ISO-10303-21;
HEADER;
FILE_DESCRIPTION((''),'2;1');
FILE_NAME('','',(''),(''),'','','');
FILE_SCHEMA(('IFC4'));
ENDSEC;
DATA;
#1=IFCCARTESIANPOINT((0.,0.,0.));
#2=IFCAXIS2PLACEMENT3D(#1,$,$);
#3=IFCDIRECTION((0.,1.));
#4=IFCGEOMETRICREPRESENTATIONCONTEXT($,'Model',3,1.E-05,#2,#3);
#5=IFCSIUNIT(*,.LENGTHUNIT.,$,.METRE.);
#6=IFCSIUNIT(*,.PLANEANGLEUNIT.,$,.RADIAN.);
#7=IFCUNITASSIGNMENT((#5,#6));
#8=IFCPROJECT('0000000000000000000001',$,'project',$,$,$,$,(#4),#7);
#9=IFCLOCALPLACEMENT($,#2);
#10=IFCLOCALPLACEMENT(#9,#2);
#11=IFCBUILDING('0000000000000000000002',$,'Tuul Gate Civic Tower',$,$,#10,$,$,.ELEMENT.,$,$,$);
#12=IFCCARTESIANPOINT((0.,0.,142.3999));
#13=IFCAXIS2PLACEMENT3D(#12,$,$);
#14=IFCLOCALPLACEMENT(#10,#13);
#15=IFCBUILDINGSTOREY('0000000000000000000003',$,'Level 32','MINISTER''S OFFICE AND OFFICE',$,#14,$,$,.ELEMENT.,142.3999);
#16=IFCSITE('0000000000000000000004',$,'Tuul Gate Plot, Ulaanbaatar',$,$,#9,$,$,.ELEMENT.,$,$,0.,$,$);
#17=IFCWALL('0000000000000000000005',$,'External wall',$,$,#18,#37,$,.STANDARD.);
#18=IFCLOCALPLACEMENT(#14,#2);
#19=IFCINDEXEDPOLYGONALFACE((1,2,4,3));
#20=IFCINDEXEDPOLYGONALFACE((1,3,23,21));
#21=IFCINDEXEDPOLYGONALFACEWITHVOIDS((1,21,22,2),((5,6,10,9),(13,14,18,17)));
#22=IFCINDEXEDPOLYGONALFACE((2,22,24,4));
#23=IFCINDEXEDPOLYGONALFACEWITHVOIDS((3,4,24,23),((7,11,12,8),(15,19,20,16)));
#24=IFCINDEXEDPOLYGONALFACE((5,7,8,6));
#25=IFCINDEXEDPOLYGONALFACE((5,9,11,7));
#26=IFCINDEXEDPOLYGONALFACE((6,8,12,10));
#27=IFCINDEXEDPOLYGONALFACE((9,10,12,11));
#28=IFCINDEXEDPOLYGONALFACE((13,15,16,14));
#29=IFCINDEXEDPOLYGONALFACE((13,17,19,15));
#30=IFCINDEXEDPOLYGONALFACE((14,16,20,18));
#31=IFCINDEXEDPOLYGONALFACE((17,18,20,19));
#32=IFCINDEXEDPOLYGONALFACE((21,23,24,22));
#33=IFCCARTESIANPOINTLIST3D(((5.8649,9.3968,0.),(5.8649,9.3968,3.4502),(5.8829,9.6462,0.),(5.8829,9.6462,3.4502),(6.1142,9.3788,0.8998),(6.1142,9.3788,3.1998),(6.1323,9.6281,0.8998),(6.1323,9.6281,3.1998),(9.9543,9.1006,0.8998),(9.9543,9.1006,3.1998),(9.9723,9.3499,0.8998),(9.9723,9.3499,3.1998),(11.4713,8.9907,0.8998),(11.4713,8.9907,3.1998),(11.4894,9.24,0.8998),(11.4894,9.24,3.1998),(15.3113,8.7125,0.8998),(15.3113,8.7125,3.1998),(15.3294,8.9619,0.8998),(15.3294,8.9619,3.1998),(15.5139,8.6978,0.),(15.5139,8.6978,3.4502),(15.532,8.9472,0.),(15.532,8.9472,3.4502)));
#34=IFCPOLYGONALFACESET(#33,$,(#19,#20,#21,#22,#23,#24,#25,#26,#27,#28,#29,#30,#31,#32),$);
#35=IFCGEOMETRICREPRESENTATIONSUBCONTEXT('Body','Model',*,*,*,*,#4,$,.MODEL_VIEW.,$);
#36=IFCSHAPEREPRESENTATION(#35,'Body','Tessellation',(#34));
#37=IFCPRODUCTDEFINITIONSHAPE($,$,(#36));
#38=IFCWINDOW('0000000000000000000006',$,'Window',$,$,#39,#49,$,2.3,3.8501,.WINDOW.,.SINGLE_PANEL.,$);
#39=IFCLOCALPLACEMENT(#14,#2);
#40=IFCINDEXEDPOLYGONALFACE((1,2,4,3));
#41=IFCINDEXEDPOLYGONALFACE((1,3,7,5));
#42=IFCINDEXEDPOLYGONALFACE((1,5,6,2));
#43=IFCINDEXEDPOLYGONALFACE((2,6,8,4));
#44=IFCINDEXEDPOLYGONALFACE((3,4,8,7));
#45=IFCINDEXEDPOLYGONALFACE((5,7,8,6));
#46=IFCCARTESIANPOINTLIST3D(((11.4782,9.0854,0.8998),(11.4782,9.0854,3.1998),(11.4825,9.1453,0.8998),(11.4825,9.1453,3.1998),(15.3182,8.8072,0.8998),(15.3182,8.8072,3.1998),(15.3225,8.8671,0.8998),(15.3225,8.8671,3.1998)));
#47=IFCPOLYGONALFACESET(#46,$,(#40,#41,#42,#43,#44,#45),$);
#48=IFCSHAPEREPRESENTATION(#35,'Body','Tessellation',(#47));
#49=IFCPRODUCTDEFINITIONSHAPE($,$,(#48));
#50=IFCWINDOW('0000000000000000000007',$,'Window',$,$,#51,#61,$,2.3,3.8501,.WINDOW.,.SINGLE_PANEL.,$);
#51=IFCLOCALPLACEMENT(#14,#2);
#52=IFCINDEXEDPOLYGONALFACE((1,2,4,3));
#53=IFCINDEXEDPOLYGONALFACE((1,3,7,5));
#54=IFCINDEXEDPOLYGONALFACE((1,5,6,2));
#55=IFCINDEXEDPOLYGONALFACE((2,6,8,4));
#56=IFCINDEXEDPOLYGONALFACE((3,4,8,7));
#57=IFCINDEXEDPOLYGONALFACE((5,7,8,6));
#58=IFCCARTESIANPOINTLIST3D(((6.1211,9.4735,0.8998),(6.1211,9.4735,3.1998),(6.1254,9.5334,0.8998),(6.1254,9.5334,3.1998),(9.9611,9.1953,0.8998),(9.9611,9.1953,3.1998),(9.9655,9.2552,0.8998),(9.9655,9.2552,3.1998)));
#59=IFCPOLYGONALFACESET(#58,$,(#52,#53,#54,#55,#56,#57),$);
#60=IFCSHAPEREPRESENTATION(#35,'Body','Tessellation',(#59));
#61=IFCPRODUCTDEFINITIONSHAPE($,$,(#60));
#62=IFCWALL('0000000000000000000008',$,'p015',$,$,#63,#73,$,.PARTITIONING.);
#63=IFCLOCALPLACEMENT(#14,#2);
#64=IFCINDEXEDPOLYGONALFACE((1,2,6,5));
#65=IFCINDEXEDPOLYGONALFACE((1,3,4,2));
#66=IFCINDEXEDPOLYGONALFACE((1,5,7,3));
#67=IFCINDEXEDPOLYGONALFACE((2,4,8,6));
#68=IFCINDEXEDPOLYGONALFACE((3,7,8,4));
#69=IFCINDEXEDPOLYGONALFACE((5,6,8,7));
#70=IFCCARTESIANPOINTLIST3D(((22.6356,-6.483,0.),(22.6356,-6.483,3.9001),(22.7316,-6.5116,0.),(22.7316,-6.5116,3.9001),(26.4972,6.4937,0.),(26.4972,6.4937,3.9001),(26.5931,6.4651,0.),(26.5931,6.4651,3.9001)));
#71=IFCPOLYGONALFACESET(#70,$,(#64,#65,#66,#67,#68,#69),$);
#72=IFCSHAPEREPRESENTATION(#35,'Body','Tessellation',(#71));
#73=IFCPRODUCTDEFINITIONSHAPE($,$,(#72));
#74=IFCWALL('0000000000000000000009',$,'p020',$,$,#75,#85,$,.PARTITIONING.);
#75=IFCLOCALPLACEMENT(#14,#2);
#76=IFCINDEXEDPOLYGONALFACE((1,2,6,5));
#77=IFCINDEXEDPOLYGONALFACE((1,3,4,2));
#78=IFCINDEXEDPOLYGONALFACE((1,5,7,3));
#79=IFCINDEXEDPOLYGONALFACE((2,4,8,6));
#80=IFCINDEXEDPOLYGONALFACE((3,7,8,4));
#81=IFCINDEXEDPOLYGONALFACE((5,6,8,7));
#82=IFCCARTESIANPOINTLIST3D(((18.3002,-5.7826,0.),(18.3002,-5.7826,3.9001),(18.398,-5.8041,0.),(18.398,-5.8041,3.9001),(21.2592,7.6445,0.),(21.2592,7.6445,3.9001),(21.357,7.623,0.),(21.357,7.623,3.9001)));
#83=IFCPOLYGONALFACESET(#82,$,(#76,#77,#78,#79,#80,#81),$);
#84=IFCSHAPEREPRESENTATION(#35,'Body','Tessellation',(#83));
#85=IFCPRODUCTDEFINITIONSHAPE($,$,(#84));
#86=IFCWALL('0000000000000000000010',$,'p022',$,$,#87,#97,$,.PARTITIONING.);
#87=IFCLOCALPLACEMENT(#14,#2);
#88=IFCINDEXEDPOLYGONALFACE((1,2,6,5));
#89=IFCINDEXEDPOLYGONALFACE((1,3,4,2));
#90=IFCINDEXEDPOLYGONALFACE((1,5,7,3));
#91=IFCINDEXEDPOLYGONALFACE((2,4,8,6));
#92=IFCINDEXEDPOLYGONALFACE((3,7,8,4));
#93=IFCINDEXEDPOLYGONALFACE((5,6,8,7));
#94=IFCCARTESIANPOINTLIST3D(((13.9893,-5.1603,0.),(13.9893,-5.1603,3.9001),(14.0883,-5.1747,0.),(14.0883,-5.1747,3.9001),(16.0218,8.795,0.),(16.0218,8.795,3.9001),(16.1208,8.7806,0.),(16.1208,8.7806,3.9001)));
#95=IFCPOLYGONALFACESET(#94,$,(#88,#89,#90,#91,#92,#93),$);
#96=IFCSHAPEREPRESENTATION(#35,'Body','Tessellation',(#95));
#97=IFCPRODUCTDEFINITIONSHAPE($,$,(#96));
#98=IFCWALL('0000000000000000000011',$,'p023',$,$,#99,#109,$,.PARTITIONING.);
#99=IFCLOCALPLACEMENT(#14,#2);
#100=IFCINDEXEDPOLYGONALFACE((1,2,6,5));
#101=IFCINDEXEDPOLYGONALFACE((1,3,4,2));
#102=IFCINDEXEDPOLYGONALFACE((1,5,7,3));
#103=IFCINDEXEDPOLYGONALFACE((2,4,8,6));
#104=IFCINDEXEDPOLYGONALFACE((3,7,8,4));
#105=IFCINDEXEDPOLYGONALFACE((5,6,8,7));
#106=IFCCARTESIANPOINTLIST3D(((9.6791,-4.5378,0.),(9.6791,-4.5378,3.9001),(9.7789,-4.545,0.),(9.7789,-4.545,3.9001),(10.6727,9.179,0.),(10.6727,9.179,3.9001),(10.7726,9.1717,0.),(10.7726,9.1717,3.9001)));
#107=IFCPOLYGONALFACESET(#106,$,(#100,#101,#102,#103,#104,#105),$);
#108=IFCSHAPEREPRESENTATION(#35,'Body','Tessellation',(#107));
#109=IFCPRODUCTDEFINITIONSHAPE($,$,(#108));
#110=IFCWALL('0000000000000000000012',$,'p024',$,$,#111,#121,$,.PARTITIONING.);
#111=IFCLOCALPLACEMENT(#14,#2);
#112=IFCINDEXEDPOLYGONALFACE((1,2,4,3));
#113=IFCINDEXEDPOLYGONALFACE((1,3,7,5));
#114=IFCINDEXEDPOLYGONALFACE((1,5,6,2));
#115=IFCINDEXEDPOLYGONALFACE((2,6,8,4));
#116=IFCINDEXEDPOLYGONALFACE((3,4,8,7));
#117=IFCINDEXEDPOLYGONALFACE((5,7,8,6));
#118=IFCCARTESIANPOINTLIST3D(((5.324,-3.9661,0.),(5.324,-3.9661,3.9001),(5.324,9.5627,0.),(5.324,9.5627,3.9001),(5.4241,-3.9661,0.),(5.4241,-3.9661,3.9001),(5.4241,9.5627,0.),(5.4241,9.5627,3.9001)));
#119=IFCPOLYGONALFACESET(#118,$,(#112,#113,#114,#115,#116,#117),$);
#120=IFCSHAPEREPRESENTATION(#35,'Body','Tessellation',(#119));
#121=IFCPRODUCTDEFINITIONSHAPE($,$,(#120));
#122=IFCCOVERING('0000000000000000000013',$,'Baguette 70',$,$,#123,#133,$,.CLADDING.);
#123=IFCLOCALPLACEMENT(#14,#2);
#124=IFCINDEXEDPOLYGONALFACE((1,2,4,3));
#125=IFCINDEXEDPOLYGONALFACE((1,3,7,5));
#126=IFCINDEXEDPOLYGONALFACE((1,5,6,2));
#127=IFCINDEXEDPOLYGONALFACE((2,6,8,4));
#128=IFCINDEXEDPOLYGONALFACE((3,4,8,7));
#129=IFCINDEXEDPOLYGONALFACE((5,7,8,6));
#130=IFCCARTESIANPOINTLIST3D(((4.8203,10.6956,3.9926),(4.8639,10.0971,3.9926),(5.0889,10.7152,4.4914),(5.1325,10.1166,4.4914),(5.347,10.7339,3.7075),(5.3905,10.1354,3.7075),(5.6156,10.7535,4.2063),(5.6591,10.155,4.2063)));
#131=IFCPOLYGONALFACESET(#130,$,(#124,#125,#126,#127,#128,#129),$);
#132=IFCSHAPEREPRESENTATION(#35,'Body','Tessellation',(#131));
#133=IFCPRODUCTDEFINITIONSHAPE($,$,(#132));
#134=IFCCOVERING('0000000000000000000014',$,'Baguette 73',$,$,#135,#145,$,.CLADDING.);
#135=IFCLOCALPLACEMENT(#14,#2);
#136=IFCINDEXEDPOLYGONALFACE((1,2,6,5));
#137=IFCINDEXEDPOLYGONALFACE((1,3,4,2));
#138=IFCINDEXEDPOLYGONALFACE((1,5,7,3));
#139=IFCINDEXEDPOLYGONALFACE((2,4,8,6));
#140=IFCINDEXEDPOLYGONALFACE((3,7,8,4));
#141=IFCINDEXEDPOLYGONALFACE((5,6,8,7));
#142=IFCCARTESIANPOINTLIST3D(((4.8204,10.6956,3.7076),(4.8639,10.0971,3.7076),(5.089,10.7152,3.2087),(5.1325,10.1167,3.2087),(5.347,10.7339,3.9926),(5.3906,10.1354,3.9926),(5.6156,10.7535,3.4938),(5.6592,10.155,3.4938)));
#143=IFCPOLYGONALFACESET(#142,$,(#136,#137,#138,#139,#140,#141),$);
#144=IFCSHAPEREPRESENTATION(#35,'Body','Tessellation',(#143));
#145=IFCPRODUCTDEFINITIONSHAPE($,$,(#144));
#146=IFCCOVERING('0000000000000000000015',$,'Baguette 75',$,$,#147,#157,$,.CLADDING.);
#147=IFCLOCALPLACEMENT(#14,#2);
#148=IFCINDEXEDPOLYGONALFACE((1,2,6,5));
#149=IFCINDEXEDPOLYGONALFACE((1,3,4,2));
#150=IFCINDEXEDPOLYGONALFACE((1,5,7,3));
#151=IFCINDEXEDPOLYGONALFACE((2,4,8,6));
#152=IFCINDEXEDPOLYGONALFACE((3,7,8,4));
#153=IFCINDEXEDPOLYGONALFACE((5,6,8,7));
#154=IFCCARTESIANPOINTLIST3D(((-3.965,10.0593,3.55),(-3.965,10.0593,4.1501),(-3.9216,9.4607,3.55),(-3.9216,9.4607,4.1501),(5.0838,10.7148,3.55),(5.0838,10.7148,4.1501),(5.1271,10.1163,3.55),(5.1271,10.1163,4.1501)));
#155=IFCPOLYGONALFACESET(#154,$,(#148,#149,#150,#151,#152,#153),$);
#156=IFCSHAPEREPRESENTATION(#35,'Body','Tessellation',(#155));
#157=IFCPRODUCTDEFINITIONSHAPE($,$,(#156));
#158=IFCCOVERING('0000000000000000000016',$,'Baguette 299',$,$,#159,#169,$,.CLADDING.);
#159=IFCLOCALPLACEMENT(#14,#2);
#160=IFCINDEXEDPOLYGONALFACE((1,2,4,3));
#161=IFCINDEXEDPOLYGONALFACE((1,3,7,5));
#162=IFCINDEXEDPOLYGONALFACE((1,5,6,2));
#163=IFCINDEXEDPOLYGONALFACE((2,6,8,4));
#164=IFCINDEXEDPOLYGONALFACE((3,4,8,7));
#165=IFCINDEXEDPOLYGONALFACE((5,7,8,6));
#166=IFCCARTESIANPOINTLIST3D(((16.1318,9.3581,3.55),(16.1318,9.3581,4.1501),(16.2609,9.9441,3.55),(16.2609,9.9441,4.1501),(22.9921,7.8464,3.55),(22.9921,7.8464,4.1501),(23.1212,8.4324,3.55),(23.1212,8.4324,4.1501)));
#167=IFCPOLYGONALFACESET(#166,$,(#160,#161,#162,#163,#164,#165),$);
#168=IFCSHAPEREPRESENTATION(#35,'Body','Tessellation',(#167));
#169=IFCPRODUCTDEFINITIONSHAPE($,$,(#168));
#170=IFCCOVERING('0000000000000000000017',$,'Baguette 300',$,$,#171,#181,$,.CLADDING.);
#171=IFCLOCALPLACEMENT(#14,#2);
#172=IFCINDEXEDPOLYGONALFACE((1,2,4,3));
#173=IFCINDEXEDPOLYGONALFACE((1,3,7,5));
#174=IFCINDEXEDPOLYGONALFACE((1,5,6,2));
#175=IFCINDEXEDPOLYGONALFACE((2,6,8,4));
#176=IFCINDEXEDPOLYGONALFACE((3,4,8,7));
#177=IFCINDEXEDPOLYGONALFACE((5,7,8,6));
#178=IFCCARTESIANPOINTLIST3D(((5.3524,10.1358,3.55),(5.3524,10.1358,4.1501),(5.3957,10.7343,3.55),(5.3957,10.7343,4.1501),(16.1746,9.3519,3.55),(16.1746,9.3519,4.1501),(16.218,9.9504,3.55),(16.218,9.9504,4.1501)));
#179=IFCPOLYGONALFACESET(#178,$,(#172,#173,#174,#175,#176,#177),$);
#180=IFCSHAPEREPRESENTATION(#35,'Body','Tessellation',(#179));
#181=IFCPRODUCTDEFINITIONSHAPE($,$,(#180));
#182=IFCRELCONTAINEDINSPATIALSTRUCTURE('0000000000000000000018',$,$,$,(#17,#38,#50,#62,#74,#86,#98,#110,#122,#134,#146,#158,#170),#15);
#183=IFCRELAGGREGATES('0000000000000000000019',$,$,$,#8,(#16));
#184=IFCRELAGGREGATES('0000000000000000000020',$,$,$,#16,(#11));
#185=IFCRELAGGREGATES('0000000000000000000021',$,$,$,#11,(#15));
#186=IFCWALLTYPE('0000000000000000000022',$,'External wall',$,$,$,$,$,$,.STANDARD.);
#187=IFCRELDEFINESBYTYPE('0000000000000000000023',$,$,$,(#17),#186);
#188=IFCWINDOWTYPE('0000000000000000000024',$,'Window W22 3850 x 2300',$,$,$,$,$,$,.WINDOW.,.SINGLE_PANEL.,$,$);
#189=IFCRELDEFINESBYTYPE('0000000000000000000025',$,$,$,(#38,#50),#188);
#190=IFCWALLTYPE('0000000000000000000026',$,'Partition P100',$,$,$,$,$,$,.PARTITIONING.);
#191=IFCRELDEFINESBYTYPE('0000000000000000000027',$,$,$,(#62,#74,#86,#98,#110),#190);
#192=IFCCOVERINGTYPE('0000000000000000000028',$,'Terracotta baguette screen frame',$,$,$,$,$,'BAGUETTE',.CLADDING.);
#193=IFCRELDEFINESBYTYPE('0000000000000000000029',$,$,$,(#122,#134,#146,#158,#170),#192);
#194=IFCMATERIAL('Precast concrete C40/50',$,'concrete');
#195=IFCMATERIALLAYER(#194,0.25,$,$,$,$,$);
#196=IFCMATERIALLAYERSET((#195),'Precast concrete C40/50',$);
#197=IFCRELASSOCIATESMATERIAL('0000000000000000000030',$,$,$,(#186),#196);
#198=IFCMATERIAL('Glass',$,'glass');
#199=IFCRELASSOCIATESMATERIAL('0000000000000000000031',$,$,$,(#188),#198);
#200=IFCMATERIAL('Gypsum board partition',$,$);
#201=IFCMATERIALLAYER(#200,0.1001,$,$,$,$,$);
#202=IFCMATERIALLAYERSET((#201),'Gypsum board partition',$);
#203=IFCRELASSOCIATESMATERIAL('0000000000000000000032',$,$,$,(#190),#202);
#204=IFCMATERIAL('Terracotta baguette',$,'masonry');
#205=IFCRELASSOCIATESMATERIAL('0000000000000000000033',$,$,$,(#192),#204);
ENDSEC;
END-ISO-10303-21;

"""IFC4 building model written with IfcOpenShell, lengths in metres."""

from ifc_helpers import new_model, si_unit, direction, frame, frame_2d, origin, origin_2d, place, context, subcontext, project, spatial, rectangle, extrude, material, layer, layer_set, material_profile, profile_set, type_object, element, fill, save


model = new_model("IFC4")

# Units and contexts
model_context = context("Model", 3, precision=1e-05, world=origin(), true_north=direction((0.0, 1.0)))
body_context = subcontext(model_context, "Body", "Model", "MODEL_VIEW")
ifc_project = project(units=[si_unit("LENGTHUNIT", "METRE"), si_unit("PLANEANGLEUNIT", "RADIAN")], contexts=[model_context])

# Site, building, storey
site_placement = place(None, origin())
site = spatial("IfcSite", under=ifc_project, at=site_placement, Name="Tuul Gate Plot, Ulaanbaatar", CompositionType="ELEMENT", RefElevation=0.0)
building_placement = place(site_placement, origin())
building = spatial("IfcBuilding", under=site, at=building_placement, Name="Tuul Gate Civic Tower", CompositionType="ELEMENT")
storey_placement = place(building_placement, frame((0.0, 0.0, 142.3999)))
storey = spatial("IfcBuildingStorey", under=building, at=storey_placement, Name="Level 32", Description="MINISTER'S OFFICE AND OFFICE", CompositionType="ELEMENT", Elevation=142.3999)

# Wall, openings, windows
ifc_material_1 = material(Name="Precast concrete C40/50", Category="concrete")
ifc_layer_1 = layer(ifc_material_1, 0.25)
ifc_layer_set_1 = layer_set([ifc_layer_1], Name="Precast concrete C40/50")
wall_type_1 = type_object("IfcWallType", Name="External wall", PredefinedType="STANDARD", material=ifc_layer_set_1)
ifc_material_2 = material(Name="Glass", Category="glass")
window_type = type_object("IfcWindowType", Name="Window W22 3850 x 2300", PartitioningType="SINGLE_PANEL", PredefinedType="WINDOW", material=ifc_material_2)
wall_1_placement = place(storey_placement, frame((15.5229, 8.8225, 0.0), z_axis=(0.0, 0.0, 1.0), x_axis=(-0.997386, 0.072251, 0.0)))
wall_1 = element("IfcWall", 1, at=wall_1_placement, inside=storey, type_object=wall_type_1, Name="External wall", PredefinedType="STANDARD", context=body_context, shape_type="SweptSolid", body=[
    extrude(rectangle(XDim=9.6743, YDim=0.25, at=frame_2d((4.8372, 0.0))), origin(), (0.0, 0.0, 1.0), 3.4502),
])
opening_1_placement = place(wall_1_placement, frame((0.2031, 0.0, 0.8999)))
opening_1 = element("IfcOpeningElement", 2, at=opening_1_placement, cuts=wall_1, PredefinedType="OPENING", context=body_context, shape_type="SweptSolid", body=[
    extrude(rectangle(XDim=3.8501, YDim=2.3, at=frame_2d((1.925, 1.1499))), frame((0.0, 0.135, 0.0), z_axis=(0.0, -1.0, 0.0), x_axis=(1.0, 0.0, 0.0)), (0.0, 0.0, 1.0), 0.27),
])
opening_2_placement = place(wall_1_placement, frame((5.5742, 0.0, 0.8999)))
opening_2 = element("IfcOpeningElement", 3, at=opening_2_placement, cuts=wall_1, PredefinedType="OPENING", context=body_context, shape_type="SweptSolid", body=[
    extrude(rectangle(XDim=3.8501, YDim=2.3, at=frame_2d((1.925, 1.1499))), frame((0.0, 0.135, 0.0), z_axis=(0.0, -1.0, 0.0), x_axis=(1.0, 0.0, 0.0)), (0.0, 0.0, 1.0), 0.27),
])
window_1_placement = place(opening_1_placement, origin())
window_1 = element("IfcWindow", 4, at=window_1_placement, inside=storey, type_object=window_type, Name="Window", OverallHeight=2.3, OverallWidth=3.8501, PartitioningType="SINGLE_PANEL", PredefinedType="WINDOW", context=body_context, shape_type="SweptSolid", body=[
    extrude(rectangle(XDim=3.8501, YDim=2.3, at=frame_2d((1.925, 1.1499))), frame((0.0, 0.03, 0.0), z_axis=(0.0, -1.0, 0.0), x_axis=(1.0, 0.0, 0.0)), (0.0, 0.0, 1.0), 0.0601),
])
fill(opening_1, window_1)
window_2_placement = place(opening_2_placement, origin())
window_2 = element("IfcWindow", 5, at=window_2_placement, inside=storey, type_object=window_type, Name="Window", OverallHeight=2.3, OverallWidth=3.8501, PartitioningType="SINGLE_PANEL", PredefinedType="WINDOW", context=body_context, shape_type="SweptSolid", body=[
    extrude(rectangle(XDim=3.8501, YDim=2.3, at=frame_2d((1.925, 1.1499))), frame((0.0, 0.03, 0.0), z_axis=(0.0, -1.0, 0.0), x_axis=(1.0, 0.0, 0.0)), (0.0, 0.0, 1.0), 0.0601),
])
fill(opening_2, window_2)

# Walls
ifc_material_3 = material(Name="Gypsum board partition")
ifc_layer_2 = layer(ifc_material_3, 0.1001)
ifc_layer_set_2 = layer_set([ifc_layer_2], Name="Gypsum board partition")
wall_type_2 = type_object("IfcWallType", Name="Partition P100", PredefinedType="PARTITIONING", material=ifc_layer_set_2)
wall_2_placement = place(storey_placement, frame((22.6836, -6.4973, 0.0), z_axis=(0.0, 0.0, 1.0), x_axis=(0.285215, 0.958464, 0.0)))
element("IfcWall", 6, at=wall_2_placement, inside=storey, type_object=wall_type_2, Name="p015", PredefinedType="PARTITIONING", context=body_context, shape_type="SweptSolid", body=[
    extrude(rectangle(XDim=13.5391, YDim=0.1001, at=frame_2d((6.7695, 0.0))), origin(), (0.0, 0.0, 1.0), 3.9001),
])
wall_3_placement = place(storey_placement, frame((18.3491, -5.7932, 0.0), z_axis=(0.0, 0.0, 1.0), x_axis=(0.215212, 0.976567, 0.0)))
element("IfcWall", 7, at=wall_3_placement, inside=storey, type_object=wall_type_2, Name="p020", PredefinedType="PARTITIONING", context=body_context, shape_type="SweptSolid", body=[
    extrude(rectangle(XDim=13.7493, YDim=0.1001, at=frame_2d((6.8745, 0.0))), origin(), (0.0, 0.0, 1.0), 3.9001),
])
wall_4_placement = place(storey_placement, frame((14.0388, -5.1675, 0.0), z_axis=(0.0, 0.0, 1.0), x_axis=(0.144121, 0.98956, 0.0)))
element("IfcWall", 8, at=wall_4_placement, inside=storey, type_object=wall_type_2, Name="p022", PredefinedType="PARTITIONING", context=body_context, shape_type="SweptSolid", body=[
    extrude(rectangle(XDim=14.1025, YDim=0.1001, at=frame_2d((7.0513, 0.0))), origin(), (0.0, 0.0, 1.0), 3.9001),
])
wall_5_placement = place(storey_placement, frame((9.729, -4.5415, 0.0), z_axis=(0.0, 0.0, 1.0), x_axis=(0.072251, 0.997386, 0.0)))
element("IfcWall", 9, at=wall_5_placement, inside=storey, type_object=wall_type_2, Name="p023", PredefinedType="PARTITIONING", context=body_context, shape_type="SweptSolid", body=[
    extrude(rectangle(XDim=13.7527, YDim=0.1001, at=frame_2d((6.8765, 0.0))), origin(), (0.0, 0.0, 1.0), 3.9001),
])
wall_6_placement = place(storey_placement, frame((5.374, -3.9661, 0.0), z_axis=(0.0, 0.0, 1.0), x_axis=(0.0, 1.0, 0.0)))
element("IfcWall", 10, at=wall_6_placement, inside=storey, type_object=wall_type_2, Name="p024", PredefinedType="PARTITIONING", context=body_context, shape_type="SweptSolid", body=[
    extrude(rectangle(XDim=13.5288, YDim=0.1001, at=frame_2d((6.7644, 0.0))), origin(), (0.0, 0.0, 1.0), 3.9001),
])

# Coverings
ifc_material_4 = material(Name="Terracotta baguette", Category="masonry")
ifc_material_profile_1 = material_profile(ifc_material_4, rectangle(XDim=0.6001, YDim=0.6001, at=origin_2d()), Name="Terracotta baguette screen frame")
ifc_profile_set_1 = profile_set([ifc_material_profile_1], Name="Terracotta baguette")
covering_type = type_object("IfcCoveringType", Name="Terracotta baguette screen frame", ElementType="BAGUETTE", PredefinedType="CLADDING", material=ifc_profile_set_1)
for number, where, z_axis, x_axis, name in (
    (11, (5.374, 10.4351, 4.3489), (-0.473793, -0.034458, -0.879962), (0.072536, -0.997366, 0.0), "Baguette 70"),
    (12, (5.1055, 10.4155, 3.8501), (0.473793, 0.034458, -0.879962), (-0.072536, 0.997366, 0.0), "Baguette 73"),
):
    element("IfcCovering", number, at=place(storey_placement, frame(where, z_axis=z_axis, x_axis=x_axis)), inside=storey, type_object=covering_type, Name=name, PredefinedType="CLADDING", context=body_context, shape_type="SweptSolid", body=[
        extrude(rectangle(XDim=0.6001, YDim=0.6001, at=origin_2d()), origin(), (0.0, 0.0, 1.0), 0.5669),
    ])
covering_1_placement = place(storey_placement, frame((5.1055, 10.4155, 3.8501), z_axis=(-0.997386, -0.072253, 0.0), x_axis=(0.072253, -0.997386, 0.0)))
element("IfcCovering", 13, at=covering_1_placement, inside=storey, type_object=covering_type, Name="Baguette 75", PredefinedType="CLADDING", context=body_context, shape_type="SweptSolid", body=[
    extrude(rectangle(XDim=0.6001, YDim=0.6001, at=origin_2d()), origin(), (0.0, 0.0, 1.0), 9.0725),
])
covering_2_placement = place(storey_placement, frame((23.0566, 8.1394, 3.8501), z_axis=(-0.976571, 0.215193, 0.0), x_axis=(-0.215193, -0.976571, 0.0)))
element("IfcCovering", 14, at=covering_2_placement, inside=storey, type_object=covering_type, Name="Baguette 299", PredefinedType="CLADDING", context=body_context, shape_type="SweptSolid", body=[
    extrude(rectangle(XDim=0.6001, YDim=0.6001, at=origin_2d()), origin(), (0.0, 0.0, 1.0), 7.0249),
])
covering_3_placement = place(storey_placement, frame((16.1963, 9.6511, 3.8501), z_axis=(-0.997387, 0.072248, 0.0), x_axis=(-0.072248, -0.997387, 0.0)))
element("IfcCovering", 15, at=covering_3_placement, inside=storey, type_object=covering_type, Name="Baguette 300", PredefinedType="CLADDING", context=body_context, shape_type="SweptSolid", body=[
    extrude(rectangle(XDim=0.6001, YDim=0.6001, at=origin_2d()), origin(), (0.0, 0.0, 1.0), 10.8506),
])

save(model, "model.ifc")
